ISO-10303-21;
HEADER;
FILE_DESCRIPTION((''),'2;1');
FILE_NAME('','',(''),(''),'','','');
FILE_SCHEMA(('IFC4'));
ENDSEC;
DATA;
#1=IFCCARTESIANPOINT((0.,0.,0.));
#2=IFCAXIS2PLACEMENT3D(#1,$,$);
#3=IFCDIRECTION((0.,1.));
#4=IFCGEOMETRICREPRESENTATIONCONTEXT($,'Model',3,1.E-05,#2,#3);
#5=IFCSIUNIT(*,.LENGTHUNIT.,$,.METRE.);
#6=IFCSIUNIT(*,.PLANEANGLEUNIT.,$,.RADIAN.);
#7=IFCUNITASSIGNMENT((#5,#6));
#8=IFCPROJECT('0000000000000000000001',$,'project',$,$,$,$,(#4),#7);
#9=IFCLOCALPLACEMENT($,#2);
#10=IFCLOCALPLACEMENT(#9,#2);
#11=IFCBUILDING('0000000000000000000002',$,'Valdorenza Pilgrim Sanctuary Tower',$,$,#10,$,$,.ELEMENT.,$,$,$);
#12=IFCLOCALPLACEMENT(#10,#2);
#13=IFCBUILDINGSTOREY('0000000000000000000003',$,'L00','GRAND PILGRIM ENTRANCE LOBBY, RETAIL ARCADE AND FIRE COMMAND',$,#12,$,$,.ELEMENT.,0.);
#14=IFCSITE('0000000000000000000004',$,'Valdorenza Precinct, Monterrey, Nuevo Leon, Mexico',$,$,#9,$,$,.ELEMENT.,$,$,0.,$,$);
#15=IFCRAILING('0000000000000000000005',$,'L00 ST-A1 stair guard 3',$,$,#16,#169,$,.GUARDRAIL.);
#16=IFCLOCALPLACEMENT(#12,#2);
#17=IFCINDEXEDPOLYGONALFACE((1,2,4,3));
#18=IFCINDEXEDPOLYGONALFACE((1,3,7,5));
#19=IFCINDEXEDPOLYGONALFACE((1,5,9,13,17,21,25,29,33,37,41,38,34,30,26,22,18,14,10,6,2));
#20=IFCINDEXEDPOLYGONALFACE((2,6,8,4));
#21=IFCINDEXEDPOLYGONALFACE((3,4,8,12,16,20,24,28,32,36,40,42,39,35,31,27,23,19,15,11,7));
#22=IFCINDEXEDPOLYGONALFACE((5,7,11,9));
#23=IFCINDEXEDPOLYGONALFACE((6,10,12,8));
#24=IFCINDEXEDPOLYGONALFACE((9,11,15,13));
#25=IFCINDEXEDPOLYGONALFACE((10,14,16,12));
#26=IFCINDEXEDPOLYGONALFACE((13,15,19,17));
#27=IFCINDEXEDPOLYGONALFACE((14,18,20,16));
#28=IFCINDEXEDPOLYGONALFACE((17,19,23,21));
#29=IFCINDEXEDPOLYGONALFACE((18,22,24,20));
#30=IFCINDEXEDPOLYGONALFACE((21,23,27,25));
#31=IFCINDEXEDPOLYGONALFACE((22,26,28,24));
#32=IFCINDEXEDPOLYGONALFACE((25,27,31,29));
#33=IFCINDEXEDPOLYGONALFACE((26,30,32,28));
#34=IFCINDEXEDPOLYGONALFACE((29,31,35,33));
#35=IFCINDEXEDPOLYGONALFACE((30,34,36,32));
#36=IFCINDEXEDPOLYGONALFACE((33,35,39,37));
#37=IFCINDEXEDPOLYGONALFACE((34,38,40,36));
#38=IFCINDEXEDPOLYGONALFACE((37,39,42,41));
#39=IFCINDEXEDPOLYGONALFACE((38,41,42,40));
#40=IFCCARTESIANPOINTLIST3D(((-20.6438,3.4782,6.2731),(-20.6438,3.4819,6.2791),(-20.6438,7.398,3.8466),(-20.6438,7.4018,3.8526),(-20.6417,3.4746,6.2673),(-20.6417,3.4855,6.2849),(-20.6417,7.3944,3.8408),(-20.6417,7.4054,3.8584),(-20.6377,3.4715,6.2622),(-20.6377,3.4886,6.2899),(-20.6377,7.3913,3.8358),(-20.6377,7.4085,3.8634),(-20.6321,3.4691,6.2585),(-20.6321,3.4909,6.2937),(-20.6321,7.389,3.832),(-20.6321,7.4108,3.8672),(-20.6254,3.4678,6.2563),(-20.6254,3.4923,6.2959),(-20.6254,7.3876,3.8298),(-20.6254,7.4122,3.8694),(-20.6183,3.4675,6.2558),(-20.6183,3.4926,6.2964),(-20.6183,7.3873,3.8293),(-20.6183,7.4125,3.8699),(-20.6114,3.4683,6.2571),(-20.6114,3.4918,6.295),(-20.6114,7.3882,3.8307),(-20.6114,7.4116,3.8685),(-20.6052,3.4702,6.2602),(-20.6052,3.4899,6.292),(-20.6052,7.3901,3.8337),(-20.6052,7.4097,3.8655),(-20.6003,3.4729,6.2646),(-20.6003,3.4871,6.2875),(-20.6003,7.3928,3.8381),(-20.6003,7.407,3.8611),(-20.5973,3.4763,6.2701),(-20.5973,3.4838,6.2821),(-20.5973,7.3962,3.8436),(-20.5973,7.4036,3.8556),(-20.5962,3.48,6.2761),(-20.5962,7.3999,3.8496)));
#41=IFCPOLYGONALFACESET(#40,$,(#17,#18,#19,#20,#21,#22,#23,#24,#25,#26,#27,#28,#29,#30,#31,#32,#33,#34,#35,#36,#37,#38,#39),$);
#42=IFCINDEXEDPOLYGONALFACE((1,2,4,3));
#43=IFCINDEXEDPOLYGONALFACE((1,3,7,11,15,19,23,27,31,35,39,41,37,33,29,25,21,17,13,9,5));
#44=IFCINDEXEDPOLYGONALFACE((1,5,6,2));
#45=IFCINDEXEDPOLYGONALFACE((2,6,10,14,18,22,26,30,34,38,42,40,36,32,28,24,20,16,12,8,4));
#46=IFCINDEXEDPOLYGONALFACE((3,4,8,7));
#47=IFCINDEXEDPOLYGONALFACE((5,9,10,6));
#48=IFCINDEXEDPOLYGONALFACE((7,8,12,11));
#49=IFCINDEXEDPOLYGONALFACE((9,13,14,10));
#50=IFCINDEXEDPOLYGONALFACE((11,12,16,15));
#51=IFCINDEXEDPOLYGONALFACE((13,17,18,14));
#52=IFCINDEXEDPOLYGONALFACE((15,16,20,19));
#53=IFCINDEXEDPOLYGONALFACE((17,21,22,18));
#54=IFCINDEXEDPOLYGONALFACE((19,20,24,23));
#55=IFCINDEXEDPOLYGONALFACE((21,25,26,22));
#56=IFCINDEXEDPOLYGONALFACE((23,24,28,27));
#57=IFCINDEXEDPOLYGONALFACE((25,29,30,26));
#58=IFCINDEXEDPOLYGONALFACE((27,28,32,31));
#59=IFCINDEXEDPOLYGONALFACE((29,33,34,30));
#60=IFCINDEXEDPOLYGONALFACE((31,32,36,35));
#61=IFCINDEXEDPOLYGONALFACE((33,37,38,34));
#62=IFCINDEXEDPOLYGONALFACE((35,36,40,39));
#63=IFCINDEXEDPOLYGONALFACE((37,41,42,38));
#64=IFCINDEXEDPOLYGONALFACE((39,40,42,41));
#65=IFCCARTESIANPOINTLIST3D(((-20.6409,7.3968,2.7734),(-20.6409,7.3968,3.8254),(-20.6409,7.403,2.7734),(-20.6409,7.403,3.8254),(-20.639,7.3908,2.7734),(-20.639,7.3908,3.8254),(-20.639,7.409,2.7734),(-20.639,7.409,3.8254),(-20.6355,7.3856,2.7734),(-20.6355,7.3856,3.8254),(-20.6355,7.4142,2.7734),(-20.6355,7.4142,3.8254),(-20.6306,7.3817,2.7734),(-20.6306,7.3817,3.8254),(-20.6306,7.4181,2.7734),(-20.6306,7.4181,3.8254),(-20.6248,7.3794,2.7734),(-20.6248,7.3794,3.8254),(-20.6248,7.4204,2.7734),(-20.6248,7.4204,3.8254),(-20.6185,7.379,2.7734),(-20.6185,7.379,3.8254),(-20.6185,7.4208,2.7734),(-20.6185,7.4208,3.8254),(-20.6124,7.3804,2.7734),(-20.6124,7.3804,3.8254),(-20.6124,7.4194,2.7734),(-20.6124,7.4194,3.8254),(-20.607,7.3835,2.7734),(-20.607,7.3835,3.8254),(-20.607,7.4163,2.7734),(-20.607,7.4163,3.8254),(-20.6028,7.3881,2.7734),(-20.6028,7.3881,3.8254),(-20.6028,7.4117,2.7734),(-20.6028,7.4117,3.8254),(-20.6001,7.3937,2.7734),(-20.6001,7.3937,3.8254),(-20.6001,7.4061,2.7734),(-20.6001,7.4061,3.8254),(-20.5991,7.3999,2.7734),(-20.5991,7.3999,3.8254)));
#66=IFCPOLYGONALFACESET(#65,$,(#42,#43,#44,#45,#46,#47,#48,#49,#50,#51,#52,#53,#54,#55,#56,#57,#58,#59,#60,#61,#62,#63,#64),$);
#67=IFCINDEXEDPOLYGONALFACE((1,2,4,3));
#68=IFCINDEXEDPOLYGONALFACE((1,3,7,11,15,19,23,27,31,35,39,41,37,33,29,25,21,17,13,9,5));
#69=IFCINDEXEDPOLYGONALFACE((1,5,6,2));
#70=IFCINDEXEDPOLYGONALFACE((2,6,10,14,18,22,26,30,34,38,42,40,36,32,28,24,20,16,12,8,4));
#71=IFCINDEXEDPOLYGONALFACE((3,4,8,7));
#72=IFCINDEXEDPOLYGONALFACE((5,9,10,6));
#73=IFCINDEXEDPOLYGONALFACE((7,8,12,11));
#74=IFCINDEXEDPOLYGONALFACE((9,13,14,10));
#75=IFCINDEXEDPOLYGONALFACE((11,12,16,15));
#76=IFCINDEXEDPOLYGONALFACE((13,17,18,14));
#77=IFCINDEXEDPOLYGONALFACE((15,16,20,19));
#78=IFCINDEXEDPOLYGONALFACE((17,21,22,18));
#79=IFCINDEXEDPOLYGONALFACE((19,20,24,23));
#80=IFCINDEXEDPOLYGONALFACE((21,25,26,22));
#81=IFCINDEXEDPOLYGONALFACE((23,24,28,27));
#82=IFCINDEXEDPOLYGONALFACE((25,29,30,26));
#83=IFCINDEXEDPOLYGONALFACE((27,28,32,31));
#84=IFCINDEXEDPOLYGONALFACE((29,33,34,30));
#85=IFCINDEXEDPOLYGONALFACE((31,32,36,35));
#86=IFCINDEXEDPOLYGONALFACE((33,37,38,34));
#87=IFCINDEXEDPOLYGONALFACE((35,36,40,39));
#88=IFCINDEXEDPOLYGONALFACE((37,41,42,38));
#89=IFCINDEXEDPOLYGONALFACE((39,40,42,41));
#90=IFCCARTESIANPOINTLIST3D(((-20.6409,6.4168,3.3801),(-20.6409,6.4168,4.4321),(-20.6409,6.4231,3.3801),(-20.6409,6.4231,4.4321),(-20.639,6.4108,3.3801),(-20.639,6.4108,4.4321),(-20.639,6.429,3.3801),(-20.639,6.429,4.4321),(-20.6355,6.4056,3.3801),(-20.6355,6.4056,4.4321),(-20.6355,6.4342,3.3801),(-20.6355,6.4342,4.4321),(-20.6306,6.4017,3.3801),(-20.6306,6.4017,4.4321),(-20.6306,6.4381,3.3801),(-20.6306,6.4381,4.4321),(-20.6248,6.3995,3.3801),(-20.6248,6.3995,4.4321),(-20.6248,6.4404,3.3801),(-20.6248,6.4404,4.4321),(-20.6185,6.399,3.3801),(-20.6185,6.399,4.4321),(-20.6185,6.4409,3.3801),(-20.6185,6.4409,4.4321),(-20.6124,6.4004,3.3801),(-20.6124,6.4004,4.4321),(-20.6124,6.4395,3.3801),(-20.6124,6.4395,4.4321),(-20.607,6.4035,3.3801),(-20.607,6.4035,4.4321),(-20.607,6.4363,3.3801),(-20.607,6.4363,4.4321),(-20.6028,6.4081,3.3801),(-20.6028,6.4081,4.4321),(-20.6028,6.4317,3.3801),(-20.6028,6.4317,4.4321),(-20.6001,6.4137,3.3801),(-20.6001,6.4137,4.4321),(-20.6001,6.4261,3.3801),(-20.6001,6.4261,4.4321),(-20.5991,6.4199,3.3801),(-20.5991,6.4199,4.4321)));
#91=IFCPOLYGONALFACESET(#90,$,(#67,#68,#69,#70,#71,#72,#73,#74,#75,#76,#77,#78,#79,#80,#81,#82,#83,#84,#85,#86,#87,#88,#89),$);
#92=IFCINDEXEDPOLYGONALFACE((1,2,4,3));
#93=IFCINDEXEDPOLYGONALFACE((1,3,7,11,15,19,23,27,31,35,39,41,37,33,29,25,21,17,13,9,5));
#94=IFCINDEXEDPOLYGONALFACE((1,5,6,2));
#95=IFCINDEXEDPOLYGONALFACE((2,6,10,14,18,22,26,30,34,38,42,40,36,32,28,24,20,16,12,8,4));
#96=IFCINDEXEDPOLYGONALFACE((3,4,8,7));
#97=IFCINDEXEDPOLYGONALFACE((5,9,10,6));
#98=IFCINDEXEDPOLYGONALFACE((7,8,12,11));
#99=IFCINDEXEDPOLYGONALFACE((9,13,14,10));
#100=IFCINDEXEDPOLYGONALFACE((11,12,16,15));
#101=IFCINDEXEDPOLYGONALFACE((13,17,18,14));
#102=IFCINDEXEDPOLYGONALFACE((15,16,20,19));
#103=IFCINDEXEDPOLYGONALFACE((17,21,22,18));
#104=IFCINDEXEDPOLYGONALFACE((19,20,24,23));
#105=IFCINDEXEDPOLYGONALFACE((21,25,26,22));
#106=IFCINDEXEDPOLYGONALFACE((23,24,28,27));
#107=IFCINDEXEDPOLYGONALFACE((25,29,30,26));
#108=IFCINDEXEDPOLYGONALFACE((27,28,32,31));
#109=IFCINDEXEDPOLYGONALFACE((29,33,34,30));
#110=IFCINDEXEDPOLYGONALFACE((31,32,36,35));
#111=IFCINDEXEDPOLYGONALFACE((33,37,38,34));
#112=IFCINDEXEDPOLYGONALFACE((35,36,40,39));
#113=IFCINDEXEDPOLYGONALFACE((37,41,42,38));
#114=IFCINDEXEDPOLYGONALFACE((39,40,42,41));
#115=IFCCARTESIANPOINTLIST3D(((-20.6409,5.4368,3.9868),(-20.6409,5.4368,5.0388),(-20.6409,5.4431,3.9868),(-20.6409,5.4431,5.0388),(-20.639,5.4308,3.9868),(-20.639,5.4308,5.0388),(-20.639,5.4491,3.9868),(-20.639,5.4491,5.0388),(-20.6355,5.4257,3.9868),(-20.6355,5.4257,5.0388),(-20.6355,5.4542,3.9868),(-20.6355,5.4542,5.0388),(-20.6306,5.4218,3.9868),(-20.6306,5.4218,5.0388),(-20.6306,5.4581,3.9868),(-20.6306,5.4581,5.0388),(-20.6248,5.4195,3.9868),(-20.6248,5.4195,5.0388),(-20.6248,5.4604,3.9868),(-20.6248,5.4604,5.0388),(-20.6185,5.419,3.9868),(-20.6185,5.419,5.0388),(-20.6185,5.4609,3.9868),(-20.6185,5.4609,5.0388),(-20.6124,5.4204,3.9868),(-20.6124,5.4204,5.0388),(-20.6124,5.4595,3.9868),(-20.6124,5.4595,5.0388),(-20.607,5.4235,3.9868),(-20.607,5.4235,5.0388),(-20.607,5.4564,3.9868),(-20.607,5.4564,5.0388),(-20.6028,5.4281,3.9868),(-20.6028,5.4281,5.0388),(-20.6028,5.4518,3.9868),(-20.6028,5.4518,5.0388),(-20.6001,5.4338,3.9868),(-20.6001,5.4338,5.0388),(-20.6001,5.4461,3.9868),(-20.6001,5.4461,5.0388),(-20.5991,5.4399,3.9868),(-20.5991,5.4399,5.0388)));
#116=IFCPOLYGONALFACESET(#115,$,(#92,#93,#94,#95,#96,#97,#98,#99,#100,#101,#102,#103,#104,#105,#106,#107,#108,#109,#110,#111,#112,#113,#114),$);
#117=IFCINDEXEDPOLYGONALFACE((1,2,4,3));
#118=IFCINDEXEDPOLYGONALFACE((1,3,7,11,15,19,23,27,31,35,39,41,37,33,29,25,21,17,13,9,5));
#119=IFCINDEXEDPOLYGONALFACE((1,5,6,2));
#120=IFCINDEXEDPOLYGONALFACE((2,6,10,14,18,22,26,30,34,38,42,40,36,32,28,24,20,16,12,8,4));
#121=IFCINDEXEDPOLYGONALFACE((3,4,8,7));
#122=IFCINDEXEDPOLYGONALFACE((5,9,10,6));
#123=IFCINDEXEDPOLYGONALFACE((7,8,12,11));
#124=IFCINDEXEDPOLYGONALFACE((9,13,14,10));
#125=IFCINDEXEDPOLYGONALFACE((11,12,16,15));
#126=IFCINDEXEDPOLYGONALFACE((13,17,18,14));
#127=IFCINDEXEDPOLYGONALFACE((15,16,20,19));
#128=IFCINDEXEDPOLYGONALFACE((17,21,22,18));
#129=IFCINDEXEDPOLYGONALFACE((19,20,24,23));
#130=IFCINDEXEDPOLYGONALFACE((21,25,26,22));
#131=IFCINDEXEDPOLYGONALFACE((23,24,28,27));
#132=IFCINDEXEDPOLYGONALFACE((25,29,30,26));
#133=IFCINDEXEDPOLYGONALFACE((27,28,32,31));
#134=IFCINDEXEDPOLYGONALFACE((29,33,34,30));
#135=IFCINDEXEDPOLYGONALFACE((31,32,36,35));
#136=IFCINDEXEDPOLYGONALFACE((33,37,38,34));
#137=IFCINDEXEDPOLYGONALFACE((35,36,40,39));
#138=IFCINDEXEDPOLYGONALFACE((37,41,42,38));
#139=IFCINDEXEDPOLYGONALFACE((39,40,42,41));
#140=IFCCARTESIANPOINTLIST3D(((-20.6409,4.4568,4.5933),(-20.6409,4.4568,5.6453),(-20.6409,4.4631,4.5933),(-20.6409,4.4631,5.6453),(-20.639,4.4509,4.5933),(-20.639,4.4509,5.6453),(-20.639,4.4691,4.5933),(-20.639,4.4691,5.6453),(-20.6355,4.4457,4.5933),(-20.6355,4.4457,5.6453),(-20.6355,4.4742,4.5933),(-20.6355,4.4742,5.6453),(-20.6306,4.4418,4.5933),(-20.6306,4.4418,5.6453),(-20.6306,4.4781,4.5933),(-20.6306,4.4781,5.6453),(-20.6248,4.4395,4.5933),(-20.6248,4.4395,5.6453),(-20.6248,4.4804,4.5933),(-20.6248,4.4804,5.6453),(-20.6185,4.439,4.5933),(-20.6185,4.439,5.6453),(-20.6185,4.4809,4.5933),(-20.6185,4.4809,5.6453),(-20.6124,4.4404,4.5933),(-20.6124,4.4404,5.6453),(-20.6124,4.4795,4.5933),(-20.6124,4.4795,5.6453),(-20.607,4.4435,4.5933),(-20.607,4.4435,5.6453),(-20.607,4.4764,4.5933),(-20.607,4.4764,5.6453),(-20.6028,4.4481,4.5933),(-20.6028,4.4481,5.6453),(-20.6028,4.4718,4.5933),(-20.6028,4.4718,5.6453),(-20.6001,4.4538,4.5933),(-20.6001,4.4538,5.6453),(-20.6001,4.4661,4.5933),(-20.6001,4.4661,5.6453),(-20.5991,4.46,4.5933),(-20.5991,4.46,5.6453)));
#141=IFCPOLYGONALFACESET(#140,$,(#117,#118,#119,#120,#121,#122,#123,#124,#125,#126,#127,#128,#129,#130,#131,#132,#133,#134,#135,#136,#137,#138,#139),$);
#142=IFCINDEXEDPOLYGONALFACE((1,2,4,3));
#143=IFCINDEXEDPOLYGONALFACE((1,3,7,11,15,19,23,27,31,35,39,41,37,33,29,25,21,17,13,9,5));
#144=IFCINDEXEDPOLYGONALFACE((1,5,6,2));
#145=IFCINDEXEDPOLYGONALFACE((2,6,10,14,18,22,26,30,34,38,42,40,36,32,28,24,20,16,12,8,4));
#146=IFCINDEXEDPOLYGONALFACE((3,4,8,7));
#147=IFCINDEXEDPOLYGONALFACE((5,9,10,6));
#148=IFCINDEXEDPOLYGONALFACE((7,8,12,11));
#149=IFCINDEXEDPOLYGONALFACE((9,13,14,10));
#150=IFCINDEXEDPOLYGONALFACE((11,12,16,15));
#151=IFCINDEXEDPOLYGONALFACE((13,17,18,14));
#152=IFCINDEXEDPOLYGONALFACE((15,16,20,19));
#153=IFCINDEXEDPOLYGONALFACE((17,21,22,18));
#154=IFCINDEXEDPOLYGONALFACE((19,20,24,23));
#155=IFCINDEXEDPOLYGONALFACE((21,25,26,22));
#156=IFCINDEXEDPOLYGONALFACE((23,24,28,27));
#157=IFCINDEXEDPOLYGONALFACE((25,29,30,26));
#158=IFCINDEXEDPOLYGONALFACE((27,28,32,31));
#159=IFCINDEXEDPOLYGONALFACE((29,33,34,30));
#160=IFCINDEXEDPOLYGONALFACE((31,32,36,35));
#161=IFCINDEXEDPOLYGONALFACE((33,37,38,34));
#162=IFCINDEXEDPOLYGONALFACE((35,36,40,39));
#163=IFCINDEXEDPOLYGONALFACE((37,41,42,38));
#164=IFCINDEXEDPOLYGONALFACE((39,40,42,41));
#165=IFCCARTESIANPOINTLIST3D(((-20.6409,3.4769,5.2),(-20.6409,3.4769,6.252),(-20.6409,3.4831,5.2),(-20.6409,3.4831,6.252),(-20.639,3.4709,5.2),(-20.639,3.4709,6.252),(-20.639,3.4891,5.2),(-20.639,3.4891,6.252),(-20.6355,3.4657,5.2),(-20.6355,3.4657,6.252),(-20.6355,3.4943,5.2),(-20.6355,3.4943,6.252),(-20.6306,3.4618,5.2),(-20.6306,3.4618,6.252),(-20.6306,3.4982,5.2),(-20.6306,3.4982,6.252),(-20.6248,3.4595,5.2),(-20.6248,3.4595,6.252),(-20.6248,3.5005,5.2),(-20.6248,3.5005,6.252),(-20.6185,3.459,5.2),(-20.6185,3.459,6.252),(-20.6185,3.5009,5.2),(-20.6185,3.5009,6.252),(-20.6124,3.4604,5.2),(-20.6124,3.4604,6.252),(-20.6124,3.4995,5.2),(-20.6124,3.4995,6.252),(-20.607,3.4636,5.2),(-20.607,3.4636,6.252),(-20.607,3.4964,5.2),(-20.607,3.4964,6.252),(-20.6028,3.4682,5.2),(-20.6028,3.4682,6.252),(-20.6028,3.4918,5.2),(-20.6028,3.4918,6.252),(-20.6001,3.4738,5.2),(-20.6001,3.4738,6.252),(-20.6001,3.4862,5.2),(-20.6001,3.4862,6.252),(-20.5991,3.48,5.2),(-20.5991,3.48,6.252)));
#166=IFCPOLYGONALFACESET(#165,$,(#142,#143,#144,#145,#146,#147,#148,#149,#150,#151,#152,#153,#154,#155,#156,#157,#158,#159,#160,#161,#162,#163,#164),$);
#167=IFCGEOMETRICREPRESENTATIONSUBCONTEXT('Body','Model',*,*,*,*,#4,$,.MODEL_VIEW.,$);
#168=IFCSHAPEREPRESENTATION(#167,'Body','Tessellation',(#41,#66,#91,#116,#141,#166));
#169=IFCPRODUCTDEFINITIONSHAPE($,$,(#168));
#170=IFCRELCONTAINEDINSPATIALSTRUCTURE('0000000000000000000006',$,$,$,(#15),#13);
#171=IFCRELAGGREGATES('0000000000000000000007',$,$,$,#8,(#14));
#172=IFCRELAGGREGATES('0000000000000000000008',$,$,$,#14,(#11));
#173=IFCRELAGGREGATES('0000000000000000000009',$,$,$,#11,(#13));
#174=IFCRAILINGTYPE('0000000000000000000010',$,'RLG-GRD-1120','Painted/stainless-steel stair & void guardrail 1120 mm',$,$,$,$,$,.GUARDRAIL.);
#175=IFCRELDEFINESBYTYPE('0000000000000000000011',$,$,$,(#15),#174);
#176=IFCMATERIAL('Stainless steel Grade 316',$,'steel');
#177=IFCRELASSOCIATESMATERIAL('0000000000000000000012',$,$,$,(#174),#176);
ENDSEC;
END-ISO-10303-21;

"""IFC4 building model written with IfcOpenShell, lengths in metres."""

from ifc_helpers import new_model, si_unit, direction, frame, origin, origin_2d, place, context, subcontext, project, spatial, circle, extrude, material, type_object, element, save


model = new_model("IFC4")

# Units and contexts
model_context = context("Model", 3, precision=1e-05, world=origin(), true_north=direction((0.0, 1.0)))
body_context = subcontext(model_context, "Body", "Model", "MODEL_VIEW")
ifc_project = project(units=[si_unit("LENGTHUNIT", "METRE"), si_unit("PLANEANGLEUNIT", "RADIAN")], contexts=[model_context])

# Site, building, storey
site_placement = place(None, origin())
site = spatial("IfcSite", under=ifc_project, at=site_placement, Name="Valdorenza Precinct, Monterrey, Nuevo Leon, Mexico", CompositionType="ELEMENT", RefElevation=0.0)
building_placement = place(site_placement, origin())
building = spatial("IfcBuilding", under=site, at=building_placement, Name="Valdorenza Pilgrim Sanctuary Tower", CompositionType="ELEMENT")
storey_placement = place(building_placement, origin())
storey = spatial("IfcBuildingStorey", under=building, at=storey_placement, Name="L00", Description="GRAND PILGRIM ENTRANCE LOBBY, RETAIL ARCADE AND FIRE COMMAND", CompositionType="ELEMENT", Elevation=0.0)

# Railing
ifc_material_1 = material(Name="Stainless steel Grade 316", Category="steel")
railing_type_1 = type_object("IfcRailingType", Name="RLG-GRD-1120", Description="Painted/stainless-steel stair & void guardrail 1120 mm", PredefinedType="GUARDRAIL", material=ifc_material_1)
railing_1_placement = place(storey_placement, frame((-20.6201, 7.3999, 2.7734)))
element("IfcRailing", 1, at=railing_1_placement, inside=storey, type_object=railing_type_1, Name="L00 ST-A1 stair guard 3", PredefinedType="GUARDRAIL", context=body_context, shape_type="SweptSolid", body=[
    extrude(circle(Radius=0.0239, at=origin_2d()), frame((0.0, 0.0, 1.0762), z_axis=(0.0, -0.850275, 0.526338), x_axis=(1.0, 0.0, 0.0)), (0.0, 0.0, 1.0), 4.6101),
    extrude(circle(Radius=0.021, at=origin_2d()), origin(), (0.0, 0.0, 1.0), 1.052),
    extrude(circle(Radius=0.021, at=origin_2d()), frame((0.0, -0.98, 0.6067)), (0.0, 0.0, 1.0), 1.052),
    extrude(circle(Radius=0.021, at=origin_2d()), frame((0.0, -1.96, 1.2134)), (0.0, 0.0, 1.0), 1.052),
    extrude(circle(Radius=0.021, at=origin_2d()), frame((0.0, -2.9399, 1.8198)), (0.0, 0.0, 1.0), 1.052),
    extrude(circle(Radius=0.021, at=origin_2d()), frame((0.0, -3.9199, 2.4265)), (0.0, 0.0, 1.0), 1.052),
])

save(model, "model.ifc")
